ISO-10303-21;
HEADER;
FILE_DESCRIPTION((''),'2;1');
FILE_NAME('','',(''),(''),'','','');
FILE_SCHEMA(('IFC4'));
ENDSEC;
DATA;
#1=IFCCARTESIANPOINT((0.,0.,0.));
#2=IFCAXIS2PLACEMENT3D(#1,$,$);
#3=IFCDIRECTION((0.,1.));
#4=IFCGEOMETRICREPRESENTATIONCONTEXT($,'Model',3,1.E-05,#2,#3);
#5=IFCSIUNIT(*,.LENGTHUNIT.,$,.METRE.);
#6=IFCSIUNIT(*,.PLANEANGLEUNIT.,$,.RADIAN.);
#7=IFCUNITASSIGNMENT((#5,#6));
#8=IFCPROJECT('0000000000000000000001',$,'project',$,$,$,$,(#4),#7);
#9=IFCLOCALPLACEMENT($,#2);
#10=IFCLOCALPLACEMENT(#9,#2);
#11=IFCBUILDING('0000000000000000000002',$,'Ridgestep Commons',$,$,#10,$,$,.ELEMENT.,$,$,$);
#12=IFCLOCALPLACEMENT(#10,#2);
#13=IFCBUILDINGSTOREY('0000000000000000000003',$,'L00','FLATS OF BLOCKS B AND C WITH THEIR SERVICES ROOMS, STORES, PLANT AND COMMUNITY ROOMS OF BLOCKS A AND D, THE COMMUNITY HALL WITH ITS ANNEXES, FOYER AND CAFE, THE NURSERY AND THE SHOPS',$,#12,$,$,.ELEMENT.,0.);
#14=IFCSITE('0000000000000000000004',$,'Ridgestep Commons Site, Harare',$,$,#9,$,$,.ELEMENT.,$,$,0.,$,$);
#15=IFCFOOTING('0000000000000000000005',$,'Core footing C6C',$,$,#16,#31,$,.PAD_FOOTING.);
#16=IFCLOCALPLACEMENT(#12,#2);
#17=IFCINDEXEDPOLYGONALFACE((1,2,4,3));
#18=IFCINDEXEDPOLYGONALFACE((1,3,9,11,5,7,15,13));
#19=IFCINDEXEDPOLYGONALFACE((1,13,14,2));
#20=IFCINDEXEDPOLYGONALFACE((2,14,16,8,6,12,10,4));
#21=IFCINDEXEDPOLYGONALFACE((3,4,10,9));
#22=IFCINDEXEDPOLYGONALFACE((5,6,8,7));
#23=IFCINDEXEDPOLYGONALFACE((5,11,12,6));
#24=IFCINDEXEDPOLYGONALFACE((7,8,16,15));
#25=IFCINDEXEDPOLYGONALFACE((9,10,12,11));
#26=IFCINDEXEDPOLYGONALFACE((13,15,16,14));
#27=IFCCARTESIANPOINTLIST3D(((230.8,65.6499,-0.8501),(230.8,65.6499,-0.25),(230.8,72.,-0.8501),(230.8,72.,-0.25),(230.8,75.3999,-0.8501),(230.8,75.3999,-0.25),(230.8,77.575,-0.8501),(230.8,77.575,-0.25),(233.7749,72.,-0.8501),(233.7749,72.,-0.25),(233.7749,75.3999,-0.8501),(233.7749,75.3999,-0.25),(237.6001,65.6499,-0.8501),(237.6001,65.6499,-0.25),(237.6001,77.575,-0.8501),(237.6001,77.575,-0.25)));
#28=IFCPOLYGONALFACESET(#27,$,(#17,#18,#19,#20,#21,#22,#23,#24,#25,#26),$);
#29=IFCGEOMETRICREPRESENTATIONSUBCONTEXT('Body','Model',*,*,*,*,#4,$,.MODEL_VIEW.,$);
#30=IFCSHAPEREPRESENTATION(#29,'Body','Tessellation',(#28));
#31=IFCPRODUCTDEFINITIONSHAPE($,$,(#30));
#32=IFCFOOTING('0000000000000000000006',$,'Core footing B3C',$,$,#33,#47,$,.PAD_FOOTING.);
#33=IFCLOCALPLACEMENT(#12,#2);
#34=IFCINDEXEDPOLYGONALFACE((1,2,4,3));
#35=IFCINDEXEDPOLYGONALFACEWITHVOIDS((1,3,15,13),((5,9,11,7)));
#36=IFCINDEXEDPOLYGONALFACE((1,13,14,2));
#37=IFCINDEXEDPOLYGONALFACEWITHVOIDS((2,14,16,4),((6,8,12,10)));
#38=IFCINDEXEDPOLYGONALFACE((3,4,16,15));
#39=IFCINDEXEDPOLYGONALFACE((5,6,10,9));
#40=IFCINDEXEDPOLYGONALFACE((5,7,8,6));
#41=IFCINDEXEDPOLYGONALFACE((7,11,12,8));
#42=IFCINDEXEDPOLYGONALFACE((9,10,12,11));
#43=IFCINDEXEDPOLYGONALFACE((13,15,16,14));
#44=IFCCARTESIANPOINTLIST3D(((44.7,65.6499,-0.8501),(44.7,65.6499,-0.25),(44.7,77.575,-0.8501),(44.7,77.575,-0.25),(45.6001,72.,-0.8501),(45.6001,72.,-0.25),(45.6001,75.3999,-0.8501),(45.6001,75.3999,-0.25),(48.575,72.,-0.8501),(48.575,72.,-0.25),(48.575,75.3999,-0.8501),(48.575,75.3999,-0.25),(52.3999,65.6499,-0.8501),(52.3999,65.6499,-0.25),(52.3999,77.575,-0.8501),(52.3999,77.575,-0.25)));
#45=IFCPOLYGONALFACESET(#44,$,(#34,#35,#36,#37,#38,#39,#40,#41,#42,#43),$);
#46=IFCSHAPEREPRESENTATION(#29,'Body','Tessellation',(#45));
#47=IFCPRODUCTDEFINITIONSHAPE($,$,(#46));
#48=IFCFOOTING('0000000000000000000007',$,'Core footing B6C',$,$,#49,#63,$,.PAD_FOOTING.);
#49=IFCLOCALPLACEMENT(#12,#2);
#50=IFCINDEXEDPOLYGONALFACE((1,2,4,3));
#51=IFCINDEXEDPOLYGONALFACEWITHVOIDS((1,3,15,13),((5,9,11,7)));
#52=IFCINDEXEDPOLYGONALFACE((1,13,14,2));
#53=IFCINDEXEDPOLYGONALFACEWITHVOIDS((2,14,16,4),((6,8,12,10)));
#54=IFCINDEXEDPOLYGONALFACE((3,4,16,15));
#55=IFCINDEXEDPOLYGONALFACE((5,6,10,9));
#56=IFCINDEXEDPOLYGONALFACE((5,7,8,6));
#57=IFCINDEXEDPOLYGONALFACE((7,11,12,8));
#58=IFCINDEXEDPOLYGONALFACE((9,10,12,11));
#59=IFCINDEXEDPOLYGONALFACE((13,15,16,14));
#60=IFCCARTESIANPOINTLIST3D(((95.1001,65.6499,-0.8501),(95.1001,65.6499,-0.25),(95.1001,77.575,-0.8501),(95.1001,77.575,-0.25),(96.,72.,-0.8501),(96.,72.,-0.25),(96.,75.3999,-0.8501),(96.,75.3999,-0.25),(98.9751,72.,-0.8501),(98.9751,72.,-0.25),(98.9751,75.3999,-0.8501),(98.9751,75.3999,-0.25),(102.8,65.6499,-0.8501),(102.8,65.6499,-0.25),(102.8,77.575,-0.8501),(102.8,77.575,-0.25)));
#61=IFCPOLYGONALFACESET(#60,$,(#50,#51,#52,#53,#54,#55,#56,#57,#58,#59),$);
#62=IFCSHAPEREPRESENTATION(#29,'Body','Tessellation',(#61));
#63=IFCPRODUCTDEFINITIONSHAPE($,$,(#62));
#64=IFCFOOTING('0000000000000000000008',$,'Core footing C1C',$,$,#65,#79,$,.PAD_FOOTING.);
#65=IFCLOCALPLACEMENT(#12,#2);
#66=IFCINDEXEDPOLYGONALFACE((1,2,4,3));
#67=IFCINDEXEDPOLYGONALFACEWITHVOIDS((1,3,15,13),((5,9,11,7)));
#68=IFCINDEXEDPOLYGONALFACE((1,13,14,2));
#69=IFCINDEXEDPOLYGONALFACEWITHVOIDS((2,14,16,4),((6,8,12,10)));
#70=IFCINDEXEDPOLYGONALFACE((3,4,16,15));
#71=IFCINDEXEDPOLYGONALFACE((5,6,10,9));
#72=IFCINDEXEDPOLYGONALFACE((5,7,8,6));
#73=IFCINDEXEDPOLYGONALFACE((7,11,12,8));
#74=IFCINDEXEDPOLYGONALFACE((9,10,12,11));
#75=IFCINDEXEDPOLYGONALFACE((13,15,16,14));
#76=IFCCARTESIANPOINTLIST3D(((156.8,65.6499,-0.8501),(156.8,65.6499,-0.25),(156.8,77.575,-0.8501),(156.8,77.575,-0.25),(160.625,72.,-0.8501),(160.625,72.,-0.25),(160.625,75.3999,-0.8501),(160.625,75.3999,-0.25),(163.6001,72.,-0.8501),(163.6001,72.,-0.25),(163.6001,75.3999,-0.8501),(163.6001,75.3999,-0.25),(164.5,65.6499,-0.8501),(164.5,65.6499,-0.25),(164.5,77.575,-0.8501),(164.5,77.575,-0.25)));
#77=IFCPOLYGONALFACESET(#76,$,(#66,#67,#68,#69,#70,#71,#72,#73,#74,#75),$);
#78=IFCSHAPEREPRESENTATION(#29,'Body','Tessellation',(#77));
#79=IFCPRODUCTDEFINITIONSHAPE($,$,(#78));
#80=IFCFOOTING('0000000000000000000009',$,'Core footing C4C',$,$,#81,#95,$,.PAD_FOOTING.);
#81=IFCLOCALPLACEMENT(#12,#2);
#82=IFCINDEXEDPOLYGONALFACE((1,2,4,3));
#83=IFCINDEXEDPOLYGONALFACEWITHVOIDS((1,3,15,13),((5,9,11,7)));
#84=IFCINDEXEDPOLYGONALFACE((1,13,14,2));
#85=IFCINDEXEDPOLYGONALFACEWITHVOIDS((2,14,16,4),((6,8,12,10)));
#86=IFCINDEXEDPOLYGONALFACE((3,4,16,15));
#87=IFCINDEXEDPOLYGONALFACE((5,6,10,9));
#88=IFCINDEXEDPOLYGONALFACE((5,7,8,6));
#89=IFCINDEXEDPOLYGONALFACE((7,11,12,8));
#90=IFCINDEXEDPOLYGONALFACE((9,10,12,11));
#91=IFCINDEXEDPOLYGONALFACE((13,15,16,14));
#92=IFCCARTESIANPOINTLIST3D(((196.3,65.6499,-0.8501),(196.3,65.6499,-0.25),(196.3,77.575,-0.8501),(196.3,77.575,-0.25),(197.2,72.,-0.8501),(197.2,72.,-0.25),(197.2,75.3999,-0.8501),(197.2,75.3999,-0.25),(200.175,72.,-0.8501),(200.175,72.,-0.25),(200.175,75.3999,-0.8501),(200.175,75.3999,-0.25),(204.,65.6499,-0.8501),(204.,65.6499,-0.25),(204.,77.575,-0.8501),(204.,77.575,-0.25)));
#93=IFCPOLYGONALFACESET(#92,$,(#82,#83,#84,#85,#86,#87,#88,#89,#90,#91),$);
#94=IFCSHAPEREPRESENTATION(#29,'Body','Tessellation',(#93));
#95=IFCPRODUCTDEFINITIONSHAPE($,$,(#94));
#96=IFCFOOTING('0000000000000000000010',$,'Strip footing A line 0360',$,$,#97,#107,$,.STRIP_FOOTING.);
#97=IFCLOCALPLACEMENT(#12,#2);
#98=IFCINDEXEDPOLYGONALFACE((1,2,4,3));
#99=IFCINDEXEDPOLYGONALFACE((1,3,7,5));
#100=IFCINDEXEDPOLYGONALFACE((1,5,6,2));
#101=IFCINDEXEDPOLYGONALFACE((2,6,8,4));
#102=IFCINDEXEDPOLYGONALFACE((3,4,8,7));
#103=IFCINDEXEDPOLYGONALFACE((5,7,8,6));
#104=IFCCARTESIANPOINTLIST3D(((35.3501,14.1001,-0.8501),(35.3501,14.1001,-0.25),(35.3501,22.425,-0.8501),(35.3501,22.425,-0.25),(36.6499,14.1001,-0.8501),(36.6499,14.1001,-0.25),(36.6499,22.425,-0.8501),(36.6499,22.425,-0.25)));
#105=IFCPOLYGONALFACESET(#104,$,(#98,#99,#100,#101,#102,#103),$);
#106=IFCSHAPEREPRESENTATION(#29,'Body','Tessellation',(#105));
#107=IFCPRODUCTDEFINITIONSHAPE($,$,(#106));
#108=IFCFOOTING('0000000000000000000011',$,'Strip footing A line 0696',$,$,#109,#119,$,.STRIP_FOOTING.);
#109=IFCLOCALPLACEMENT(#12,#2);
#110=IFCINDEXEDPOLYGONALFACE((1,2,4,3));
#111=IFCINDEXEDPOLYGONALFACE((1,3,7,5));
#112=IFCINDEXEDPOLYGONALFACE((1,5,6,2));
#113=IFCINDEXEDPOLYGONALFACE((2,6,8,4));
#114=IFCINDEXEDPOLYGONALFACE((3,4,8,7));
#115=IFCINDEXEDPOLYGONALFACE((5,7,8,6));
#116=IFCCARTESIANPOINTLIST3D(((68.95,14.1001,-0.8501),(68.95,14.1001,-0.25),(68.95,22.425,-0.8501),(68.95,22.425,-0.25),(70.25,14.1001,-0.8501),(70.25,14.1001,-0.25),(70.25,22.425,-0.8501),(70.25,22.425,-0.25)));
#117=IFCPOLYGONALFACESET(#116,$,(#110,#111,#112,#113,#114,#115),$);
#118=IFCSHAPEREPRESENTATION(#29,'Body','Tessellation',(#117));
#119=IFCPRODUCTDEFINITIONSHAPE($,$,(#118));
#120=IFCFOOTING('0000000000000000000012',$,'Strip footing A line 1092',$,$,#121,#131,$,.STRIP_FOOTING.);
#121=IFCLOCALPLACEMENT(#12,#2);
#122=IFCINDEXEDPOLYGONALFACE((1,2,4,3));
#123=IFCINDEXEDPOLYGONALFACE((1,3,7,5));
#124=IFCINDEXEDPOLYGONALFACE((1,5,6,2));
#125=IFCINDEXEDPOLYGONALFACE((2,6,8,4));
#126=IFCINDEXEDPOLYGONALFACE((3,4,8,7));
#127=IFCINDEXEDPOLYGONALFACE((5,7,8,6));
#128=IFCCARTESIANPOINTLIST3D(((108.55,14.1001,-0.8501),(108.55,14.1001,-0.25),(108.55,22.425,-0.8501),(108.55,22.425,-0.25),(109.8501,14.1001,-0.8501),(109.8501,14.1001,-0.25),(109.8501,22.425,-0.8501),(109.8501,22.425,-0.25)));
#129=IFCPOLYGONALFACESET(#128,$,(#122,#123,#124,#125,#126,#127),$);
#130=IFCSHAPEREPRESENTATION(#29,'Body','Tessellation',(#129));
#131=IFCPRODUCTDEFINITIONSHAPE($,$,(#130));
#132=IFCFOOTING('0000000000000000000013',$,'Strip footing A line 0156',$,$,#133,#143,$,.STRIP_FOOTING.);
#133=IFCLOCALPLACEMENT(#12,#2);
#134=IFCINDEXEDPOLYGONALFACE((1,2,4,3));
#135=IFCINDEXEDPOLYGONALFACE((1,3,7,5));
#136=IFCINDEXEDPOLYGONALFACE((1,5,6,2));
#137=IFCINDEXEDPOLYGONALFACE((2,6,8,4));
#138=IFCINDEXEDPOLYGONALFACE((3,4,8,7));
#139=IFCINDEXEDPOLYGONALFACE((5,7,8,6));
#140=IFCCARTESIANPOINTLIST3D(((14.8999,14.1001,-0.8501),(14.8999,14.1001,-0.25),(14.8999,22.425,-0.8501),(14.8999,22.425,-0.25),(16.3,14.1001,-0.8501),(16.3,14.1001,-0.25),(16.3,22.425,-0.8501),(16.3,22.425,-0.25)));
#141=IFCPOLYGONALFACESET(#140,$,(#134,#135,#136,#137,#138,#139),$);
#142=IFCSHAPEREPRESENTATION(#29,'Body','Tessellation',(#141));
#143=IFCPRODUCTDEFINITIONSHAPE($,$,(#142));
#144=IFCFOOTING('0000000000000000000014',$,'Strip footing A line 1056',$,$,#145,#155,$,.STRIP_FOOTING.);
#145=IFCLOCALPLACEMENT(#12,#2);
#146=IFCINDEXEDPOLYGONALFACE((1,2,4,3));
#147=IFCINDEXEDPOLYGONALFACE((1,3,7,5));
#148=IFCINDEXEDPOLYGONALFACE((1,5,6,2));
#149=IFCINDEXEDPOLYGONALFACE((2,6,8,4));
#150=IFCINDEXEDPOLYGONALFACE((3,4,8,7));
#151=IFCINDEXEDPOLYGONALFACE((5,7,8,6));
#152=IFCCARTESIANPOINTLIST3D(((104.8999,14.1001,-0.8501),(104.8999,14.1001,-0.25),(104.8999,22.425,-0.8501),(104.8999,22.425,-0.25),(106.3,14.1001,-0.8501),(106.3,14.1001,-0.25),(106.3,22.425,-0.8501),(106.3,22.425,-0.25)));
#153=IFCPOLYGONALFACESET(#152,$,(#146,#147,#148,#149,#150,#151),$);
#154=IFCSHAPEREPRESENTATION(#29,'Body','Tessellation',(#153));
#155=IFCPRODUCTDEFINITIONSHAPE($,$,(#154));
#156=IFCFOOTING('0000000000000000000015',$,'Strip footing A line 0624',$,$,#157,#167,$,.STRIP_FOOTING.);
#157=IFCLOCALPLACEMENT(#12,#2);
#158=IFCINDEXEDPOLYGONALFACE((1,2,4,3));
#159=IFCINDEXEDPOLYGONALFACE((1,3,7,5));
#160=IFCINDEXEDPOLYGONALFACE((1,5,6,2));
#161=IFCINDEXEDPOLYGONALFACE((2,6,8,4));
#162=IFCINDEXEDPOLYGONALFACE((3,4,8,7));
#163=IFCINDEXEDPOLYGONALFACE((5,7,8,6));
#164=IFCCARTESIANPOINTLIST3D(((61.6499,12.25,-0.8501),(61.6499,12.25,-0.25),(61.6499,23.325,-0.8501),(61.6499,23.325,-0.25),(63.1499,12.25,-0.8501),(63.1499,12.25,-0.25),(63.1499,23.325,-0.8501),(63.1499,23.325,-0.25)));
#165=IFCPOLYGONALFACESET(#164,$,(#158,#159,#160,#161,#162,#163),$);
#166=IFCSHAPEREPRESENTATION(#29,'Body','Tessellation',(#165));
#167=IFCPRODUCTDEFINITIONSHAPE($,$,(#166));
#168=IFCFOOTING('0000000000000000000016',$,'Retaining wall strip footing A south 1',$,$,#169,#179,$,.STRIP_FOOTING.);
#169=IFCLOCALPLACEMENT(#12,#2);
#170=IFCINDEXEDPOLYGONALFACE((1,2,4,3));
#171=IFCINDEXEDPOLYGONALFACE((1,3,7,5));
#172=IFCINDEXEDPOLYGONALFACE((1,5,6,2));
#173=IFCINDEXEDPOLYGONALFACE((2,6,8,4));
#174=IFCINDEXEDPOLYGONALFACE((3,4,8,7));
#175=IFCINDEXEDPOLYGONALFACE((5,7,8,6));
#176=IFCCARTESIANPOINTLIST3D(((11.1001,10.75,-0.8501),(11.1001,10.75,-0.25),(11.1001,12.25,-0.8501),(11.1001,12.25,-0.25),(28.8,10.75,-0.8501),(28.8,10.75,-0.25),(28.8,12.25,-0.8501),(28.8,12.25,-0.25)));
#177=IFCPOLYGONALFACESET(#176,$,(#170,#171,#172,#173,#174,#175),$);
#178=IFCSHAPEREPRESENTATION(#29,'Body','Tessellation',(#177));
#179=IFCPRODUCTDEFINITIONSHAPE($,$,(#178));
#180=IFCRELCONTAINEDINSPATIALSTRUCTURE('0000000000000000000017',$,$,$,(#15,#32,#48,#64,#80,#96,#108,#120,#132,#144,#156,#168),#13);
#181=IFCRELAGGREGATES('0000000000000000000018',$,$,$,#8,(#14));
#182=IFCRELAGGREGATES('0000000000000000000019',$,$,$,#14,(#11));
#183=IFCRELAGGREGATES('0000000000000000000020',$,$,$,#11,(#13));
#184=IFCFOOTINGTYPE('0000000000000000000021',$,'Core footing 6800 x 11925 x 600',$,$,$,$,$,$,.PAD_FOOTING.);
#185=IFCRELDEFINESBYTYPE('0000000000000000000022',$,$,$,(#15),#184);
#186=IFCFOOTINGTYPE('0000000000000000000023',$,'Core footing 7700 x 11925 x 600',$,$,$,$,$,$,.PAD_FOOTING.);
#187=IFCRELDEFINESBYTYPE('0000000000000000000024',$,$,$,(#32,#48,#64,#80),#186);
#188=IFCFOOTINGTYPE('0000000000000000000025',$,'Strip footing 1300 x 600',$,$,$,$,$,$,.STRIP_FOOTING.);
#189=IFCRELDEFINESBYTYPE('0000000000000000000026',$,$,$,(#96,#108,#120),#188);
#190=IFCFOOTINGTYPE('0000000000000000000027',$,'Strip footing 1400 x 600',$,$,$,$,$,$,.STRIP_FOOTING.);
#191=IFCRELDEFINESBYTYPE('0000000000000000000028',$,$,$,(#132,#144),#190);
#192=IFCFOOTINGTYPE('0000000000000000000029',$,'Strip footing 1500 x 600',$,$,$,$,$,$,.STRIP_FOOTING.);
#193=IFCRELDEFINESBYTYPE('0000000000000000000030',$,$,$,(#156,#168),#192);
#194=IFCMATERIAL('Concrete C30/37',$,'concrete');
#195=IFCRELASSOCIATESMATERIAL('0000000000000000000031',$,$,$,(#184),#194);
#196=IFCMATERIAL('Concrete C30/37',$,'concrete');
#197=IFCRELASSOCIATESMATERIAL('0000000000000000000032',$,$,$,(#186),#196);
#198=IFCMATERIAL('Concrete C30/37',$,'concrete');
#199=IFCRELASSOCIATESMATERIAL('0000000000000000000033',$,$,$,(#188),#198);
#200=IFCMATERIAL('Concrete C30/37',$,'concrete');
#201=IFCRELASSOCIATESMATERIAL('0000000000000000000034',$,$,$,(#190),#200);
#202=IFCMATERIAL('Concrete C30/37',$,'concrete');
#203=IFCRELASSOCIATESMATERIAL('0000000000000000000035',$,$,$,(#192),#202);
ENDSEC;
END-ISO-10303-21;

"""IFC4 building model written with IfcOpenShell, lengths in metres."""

from ifc_helpers import new_model, si_unit, direction, frame, origin, place, context, subcontext, project, spatial, polyline, outline, extrude, material, type_object, element, save


model = new_model("IFC4")

# Units and contexts
model_context = context("Model", 3, precision=1e-05, world=origin(), true_north=direction((0.0, 1.0)))
body_context = subcontext(model_context, "Body", "Model", "MODEL_VIEW")
ifc_project = project(units=[si_unit("LENGTHUNIT", "METRE"), si_unit("PLANEANGLEUNIT", "RADIAN")], contexts=[model_context])

# Site, building, storey
site_placement = place(None, origin())
site = spatial("IfcSite", under=ifc_project, at=site_placement, Name="Ridgestep Commons Site, Harare", CompositionType="ELEMENT", RefElevation=0.0)
building_placement = place(site_placement, origin())
building = spatial("IfcBuilding", under=site, at=building_placement, Name="Ridgestep Commons", CompositionType="ELEMENT")
storey_placement = place(building_placement, origin())
storey = spatial("IfcBuildingStorey", under=building, at=storey_placement, Name="L00", Description="FLATS OF BLOCKS B AND C WITH THEIR SERVICES ROOMS, STORES, PLANT AND COMMUNITY ROOMS OF BLOCKS A AND D, THE COMMUNITY HALL WITH ITS ANNEXES, FOYER AND CAFE, THE NURSERY AND THE SHOPS", CompositionType="ELEMENT", Elevation=0.0)

# Footings
ifc_material_1 = material(Name="Concrete C30/37", Category="concrete")
footing_type_1 = type_object("IfcFootingType", Name="Core footing 6800 x 11925 x 600", PredefinedType="PAD_FOOTING", material=ifc_material_1)
footing_1_placement = place(storey_placement, frame((0.0, 0.0, -0.8501)))
element("IfcFooting", 1, at=footing_1_placement, inside=storey, type_object=footing_type_1, Name="Core footing C6C", PredefinedType="PAD_FOOTING", context=body_context, shape_type="SweptSolid", body=[
    extrude(outline(polyline([(230.8, 77.575), (230.8, 75.3999), (233.7749, 75.3999), (233.7749, 72.0), (230.8, 72.0), (230.8, 65.6499), (237.6001, 65.6499), (237.6001, 77.575), (230.8, 77.575)])), origin(), (0.0, 0.0, 1.0), 0.6001),
])
ifc_material_2 = material(Name="Concrete C30/37", Category="concrete")
footing_type_2 = type_object("IfcFootingType", Name="Core footing 7700 x 11925 x 600", PredefinedType="PAD_FOOTING", material=ifc_material_2)
footing_2_placement = place(storey_placement, frame((0.0, 0.0, -0.8501)))
element("IfcFooting", 2, at=footing_2_placement, inside=storey, type_object=footing_type_2, Name="Core footing B3C", PredefinedType="PAD_FOOTING", context=body_context, shape_type="SweptSolid", body=[
    extrude(outline(polyline([(44.7, 65.6499), (52.3999, 65.6499), (52.3999, 77.575), (44.7, 77.575), (44.7, 65.6499)]), holes=[polyline([(48.575, 75.3999), (48.575, 72.0), (45.6001, 72.0), (45.6001, 75.3999), (48.575, 75.3999)])]), origin(), (0.0, 0.0, 1.0), 0.6001),
])
footing_3_placement = place(storey_placement, frame((0.0, 0.0, -0.8501)))
element("IfcFooting", 3, at=footing_3_placement, inside=storey, type_object=footing_type_2, Name="Core footing B6C", PredefinedType="PAD_FOOTING", context=body_context, shape_type="SweptSolid", body=[
    extrude(outline(polyline([(95.1001, 65.6499), (102.8, 65.6499), (102.8, 77.575), (95.1001, 77.575), (95.1001, 65.6499)]), holes=[polyline([(98.9751, 75.3999), (98.9751, 72.0), (96.0, 72.0), (96.0, 75.3999), (98.9751, 75.3999)])]), origin(), (0.0, 0.0, 1.0), 0.6001),
])
footing_4_placement = place(storey_placement, frame((0.0, 0.0, -0.8501)))
element("IfcFooting", 4, at=footing_4_placement, inside=storey, type_object=footing_type_2, Name="Core footing C1C", PredefinedType="PAD_FOOTING", context=body_context, shape_type="SweptSolid", body=[
    extrude(outline(polyline([(156.8, 65.6499), (164.5, 65.6499), (164.5, 77.575), (156.8, 77.575), (156.8, 65.6499)]), holes=[polyline([(163.6001, 75.3999), (163.6001, 72.0), (160.625, 72.0), (160.625, 75.3999), (163.6001, 75.3999)])]), origin(), (0.0, 0.0, 1.0), 0.6001),
])
footing_5_placement = place(storey_placement, frame((0.0, 0.0, -0.8501)))
element("IfcFooting", 5, at=footing_5_placement, inside=storey, type_object=footing_type_2, Name="Core footing C4C", PredefinedType="PAD_FOOTING", context=body_context, shape_type="SweptSolid", body=[
    extrude(outline(polyline([(196.3, 65.6499), (204.0, 65.6499), (204.0, 77.575), (196.3, 77.575), (196.3, 65.6499)]), holes=[polyline([(200.175, 75.3999), (200.175, 72.0), (197.2, 72.0), (197.2, 75.3999), (200.175, 75.3999)])]), origin(), (0.0, 0.0, 1.0), 0.6001),
])
ifc_material_3 = material(Name="Concrete C30/37", Category="concrete")
footing_type_3 = type_object("IfcFootingType", Name="Strip footing 1300 x 600", PredefinedType="STRIP_FOOTING", material=ifc_material_3)
footing_6_placement = place(storey_placement, frame((0.0, 0.0, -0.8501)))
element("IfcFooting", 6, at=footing_6_placement, inside=storey, type_object=footing_type_3, Name="Strip footing A line 0360", PredefinedType="STRIP_FOOTING", context=body_context, shape_type="SweptSolid", body=[
    extrude(outline(polyline([(36.6499, 14.1001), (36.6499, 22.425), (35.3501, 22.425), (35.3501, 14.1001), (36.6499, 14.1001)])), origin(), (0.0, 0.0, 1.0), 0.6001),
])
footing_7_placement = place(storey_placement, frame((0.0, 0.0, -0.8501)))
element("IfcFooting", 7, at=footing_7_placement, inside=storey, type_object=footing_type_3, Name="Strip footing A line 0696", PredefinedType="STRIP_FOOTING", context=body_context, shape_type="SweptSolid", body=[
    extrude(outline(polyline([(70.25, 14.1001), (70.25, 22.425), (68.95, 22.425), (68.95, 14.1001), (70.25, 14.1001)])), origin(), (0.0, 0.0, 1.0), 0.6001),
])
footing_8_placement = place(storey_placement, frame((0.0, 0.0, -0.8501)))
element("IfcFooting", 8, at=footing_8_placement, inside=storey, type_object=footing_type_3, Name="Strip footing A line 1092", PredefinedType="STRIP_FOOTING", context=body_context, shape_type="SweptSolid", body=[
    extrude(outline(polyline([(109.8501, 14.1001), (109.8501, 22.425), (108.55, 22.425), (108.55, 14.1001), (109.8501, 14.1001)])), origin(), (0.0, 0.0, 1.0), 0.6001),
])
ifc_material_4 = material(Name="Concrete C30/37", Category="concrete")
footing_type_4 = type_object("IfcFootingType", Name="Strip footing 1400 x 600", PredefinedType="STRIP_FOOTING", material=ifc_material_4)
footing_9_placement = place(storey_placement, frame((0.0, 0.0, -0.8501)))
element("IfcFooting", 9, at=footing_9_placement, inside=storey, type_object=footing_type_4, Name="Strip footing A line 0156", PredefinedType="STRIP_FOOTING", context=body_context, shape_type="SweptSolid", body=[
    extrude(outline(polyline([(16.3, 14.1001), (16.3, 22.425), (14.8999, 22.425), (14.8999, 14.1001), (16.3, 14.1001)])), origin(), (0.0, 0.0, 1.0), 0.6001),
])
footing_10_placement = place(storey_placement, frame((0.0, 0.0, -0.8501)))
element("IfcFooting", 10, at=footing_10_placement, inside=storey, type_object=footing_type_4, Name="Strip footing A line 1056", PredefinedType="STRIP_FOOTING", context=body_context, shape_type="SweptSolid", body=[
    extrude(outline(polyline([(106.3, 14.1001), (106.3, 22.425), (104.8999, 22.425), (104.8999, 14.1001), (106.3, 14.1001)])), origin(), (0.0, 0.0, 1.0), 0.6001),
])
ifc_material_5 = material(Name="Concrete C30/37", Category="concrete")
footing_type_5 = type_object("IfcFootingType", Name="Strip footing 1500 x 600", PredefinedType="STRIP_FOOTING", material=ifc_material_5)
footing_11_placement = place(storey_placement, frame((0.0, 0.0, -0.8501)))
element("IfcFooting", 11, at=footing_11_placement, inside=storey, type_object=footing_type_5, Name="Strip footing A line 0624", PredefinedType="STRIP_FOOTING", context=body_context, shape_type="SweptSolid", body=[
    extrude(outline(polyline([(63.1499, 12.25), (63.1499, 23.325), (61.6499, 23.325), (61.6499, 12.25), (63.1499, 12.25)])), origin(), (0.0, 0.0, 1.0), 0.6001),
])
footing_12_placement = place(storey_placement, frame((0.0, 0.0, -0.8501)))
element("IfcFooting", 12, at=footing_12_placement, inside=storey, type_object=footing_type_5, Name="Retaining wall strip footing A south 1", PredefinedType="STRIP_FOOTING", context=body_context, shape_type="SweptSolid", body=[
    extrude(outline(polyline([(28.8, 10.75), (28.8, 12.25), (11.1001, 12.25), (11.1001, 10.75), (28.8, 10.75)])), origin(), (0.0, 0.0, 1.0), 0.6001),
])

save(model, "model.ifc")
